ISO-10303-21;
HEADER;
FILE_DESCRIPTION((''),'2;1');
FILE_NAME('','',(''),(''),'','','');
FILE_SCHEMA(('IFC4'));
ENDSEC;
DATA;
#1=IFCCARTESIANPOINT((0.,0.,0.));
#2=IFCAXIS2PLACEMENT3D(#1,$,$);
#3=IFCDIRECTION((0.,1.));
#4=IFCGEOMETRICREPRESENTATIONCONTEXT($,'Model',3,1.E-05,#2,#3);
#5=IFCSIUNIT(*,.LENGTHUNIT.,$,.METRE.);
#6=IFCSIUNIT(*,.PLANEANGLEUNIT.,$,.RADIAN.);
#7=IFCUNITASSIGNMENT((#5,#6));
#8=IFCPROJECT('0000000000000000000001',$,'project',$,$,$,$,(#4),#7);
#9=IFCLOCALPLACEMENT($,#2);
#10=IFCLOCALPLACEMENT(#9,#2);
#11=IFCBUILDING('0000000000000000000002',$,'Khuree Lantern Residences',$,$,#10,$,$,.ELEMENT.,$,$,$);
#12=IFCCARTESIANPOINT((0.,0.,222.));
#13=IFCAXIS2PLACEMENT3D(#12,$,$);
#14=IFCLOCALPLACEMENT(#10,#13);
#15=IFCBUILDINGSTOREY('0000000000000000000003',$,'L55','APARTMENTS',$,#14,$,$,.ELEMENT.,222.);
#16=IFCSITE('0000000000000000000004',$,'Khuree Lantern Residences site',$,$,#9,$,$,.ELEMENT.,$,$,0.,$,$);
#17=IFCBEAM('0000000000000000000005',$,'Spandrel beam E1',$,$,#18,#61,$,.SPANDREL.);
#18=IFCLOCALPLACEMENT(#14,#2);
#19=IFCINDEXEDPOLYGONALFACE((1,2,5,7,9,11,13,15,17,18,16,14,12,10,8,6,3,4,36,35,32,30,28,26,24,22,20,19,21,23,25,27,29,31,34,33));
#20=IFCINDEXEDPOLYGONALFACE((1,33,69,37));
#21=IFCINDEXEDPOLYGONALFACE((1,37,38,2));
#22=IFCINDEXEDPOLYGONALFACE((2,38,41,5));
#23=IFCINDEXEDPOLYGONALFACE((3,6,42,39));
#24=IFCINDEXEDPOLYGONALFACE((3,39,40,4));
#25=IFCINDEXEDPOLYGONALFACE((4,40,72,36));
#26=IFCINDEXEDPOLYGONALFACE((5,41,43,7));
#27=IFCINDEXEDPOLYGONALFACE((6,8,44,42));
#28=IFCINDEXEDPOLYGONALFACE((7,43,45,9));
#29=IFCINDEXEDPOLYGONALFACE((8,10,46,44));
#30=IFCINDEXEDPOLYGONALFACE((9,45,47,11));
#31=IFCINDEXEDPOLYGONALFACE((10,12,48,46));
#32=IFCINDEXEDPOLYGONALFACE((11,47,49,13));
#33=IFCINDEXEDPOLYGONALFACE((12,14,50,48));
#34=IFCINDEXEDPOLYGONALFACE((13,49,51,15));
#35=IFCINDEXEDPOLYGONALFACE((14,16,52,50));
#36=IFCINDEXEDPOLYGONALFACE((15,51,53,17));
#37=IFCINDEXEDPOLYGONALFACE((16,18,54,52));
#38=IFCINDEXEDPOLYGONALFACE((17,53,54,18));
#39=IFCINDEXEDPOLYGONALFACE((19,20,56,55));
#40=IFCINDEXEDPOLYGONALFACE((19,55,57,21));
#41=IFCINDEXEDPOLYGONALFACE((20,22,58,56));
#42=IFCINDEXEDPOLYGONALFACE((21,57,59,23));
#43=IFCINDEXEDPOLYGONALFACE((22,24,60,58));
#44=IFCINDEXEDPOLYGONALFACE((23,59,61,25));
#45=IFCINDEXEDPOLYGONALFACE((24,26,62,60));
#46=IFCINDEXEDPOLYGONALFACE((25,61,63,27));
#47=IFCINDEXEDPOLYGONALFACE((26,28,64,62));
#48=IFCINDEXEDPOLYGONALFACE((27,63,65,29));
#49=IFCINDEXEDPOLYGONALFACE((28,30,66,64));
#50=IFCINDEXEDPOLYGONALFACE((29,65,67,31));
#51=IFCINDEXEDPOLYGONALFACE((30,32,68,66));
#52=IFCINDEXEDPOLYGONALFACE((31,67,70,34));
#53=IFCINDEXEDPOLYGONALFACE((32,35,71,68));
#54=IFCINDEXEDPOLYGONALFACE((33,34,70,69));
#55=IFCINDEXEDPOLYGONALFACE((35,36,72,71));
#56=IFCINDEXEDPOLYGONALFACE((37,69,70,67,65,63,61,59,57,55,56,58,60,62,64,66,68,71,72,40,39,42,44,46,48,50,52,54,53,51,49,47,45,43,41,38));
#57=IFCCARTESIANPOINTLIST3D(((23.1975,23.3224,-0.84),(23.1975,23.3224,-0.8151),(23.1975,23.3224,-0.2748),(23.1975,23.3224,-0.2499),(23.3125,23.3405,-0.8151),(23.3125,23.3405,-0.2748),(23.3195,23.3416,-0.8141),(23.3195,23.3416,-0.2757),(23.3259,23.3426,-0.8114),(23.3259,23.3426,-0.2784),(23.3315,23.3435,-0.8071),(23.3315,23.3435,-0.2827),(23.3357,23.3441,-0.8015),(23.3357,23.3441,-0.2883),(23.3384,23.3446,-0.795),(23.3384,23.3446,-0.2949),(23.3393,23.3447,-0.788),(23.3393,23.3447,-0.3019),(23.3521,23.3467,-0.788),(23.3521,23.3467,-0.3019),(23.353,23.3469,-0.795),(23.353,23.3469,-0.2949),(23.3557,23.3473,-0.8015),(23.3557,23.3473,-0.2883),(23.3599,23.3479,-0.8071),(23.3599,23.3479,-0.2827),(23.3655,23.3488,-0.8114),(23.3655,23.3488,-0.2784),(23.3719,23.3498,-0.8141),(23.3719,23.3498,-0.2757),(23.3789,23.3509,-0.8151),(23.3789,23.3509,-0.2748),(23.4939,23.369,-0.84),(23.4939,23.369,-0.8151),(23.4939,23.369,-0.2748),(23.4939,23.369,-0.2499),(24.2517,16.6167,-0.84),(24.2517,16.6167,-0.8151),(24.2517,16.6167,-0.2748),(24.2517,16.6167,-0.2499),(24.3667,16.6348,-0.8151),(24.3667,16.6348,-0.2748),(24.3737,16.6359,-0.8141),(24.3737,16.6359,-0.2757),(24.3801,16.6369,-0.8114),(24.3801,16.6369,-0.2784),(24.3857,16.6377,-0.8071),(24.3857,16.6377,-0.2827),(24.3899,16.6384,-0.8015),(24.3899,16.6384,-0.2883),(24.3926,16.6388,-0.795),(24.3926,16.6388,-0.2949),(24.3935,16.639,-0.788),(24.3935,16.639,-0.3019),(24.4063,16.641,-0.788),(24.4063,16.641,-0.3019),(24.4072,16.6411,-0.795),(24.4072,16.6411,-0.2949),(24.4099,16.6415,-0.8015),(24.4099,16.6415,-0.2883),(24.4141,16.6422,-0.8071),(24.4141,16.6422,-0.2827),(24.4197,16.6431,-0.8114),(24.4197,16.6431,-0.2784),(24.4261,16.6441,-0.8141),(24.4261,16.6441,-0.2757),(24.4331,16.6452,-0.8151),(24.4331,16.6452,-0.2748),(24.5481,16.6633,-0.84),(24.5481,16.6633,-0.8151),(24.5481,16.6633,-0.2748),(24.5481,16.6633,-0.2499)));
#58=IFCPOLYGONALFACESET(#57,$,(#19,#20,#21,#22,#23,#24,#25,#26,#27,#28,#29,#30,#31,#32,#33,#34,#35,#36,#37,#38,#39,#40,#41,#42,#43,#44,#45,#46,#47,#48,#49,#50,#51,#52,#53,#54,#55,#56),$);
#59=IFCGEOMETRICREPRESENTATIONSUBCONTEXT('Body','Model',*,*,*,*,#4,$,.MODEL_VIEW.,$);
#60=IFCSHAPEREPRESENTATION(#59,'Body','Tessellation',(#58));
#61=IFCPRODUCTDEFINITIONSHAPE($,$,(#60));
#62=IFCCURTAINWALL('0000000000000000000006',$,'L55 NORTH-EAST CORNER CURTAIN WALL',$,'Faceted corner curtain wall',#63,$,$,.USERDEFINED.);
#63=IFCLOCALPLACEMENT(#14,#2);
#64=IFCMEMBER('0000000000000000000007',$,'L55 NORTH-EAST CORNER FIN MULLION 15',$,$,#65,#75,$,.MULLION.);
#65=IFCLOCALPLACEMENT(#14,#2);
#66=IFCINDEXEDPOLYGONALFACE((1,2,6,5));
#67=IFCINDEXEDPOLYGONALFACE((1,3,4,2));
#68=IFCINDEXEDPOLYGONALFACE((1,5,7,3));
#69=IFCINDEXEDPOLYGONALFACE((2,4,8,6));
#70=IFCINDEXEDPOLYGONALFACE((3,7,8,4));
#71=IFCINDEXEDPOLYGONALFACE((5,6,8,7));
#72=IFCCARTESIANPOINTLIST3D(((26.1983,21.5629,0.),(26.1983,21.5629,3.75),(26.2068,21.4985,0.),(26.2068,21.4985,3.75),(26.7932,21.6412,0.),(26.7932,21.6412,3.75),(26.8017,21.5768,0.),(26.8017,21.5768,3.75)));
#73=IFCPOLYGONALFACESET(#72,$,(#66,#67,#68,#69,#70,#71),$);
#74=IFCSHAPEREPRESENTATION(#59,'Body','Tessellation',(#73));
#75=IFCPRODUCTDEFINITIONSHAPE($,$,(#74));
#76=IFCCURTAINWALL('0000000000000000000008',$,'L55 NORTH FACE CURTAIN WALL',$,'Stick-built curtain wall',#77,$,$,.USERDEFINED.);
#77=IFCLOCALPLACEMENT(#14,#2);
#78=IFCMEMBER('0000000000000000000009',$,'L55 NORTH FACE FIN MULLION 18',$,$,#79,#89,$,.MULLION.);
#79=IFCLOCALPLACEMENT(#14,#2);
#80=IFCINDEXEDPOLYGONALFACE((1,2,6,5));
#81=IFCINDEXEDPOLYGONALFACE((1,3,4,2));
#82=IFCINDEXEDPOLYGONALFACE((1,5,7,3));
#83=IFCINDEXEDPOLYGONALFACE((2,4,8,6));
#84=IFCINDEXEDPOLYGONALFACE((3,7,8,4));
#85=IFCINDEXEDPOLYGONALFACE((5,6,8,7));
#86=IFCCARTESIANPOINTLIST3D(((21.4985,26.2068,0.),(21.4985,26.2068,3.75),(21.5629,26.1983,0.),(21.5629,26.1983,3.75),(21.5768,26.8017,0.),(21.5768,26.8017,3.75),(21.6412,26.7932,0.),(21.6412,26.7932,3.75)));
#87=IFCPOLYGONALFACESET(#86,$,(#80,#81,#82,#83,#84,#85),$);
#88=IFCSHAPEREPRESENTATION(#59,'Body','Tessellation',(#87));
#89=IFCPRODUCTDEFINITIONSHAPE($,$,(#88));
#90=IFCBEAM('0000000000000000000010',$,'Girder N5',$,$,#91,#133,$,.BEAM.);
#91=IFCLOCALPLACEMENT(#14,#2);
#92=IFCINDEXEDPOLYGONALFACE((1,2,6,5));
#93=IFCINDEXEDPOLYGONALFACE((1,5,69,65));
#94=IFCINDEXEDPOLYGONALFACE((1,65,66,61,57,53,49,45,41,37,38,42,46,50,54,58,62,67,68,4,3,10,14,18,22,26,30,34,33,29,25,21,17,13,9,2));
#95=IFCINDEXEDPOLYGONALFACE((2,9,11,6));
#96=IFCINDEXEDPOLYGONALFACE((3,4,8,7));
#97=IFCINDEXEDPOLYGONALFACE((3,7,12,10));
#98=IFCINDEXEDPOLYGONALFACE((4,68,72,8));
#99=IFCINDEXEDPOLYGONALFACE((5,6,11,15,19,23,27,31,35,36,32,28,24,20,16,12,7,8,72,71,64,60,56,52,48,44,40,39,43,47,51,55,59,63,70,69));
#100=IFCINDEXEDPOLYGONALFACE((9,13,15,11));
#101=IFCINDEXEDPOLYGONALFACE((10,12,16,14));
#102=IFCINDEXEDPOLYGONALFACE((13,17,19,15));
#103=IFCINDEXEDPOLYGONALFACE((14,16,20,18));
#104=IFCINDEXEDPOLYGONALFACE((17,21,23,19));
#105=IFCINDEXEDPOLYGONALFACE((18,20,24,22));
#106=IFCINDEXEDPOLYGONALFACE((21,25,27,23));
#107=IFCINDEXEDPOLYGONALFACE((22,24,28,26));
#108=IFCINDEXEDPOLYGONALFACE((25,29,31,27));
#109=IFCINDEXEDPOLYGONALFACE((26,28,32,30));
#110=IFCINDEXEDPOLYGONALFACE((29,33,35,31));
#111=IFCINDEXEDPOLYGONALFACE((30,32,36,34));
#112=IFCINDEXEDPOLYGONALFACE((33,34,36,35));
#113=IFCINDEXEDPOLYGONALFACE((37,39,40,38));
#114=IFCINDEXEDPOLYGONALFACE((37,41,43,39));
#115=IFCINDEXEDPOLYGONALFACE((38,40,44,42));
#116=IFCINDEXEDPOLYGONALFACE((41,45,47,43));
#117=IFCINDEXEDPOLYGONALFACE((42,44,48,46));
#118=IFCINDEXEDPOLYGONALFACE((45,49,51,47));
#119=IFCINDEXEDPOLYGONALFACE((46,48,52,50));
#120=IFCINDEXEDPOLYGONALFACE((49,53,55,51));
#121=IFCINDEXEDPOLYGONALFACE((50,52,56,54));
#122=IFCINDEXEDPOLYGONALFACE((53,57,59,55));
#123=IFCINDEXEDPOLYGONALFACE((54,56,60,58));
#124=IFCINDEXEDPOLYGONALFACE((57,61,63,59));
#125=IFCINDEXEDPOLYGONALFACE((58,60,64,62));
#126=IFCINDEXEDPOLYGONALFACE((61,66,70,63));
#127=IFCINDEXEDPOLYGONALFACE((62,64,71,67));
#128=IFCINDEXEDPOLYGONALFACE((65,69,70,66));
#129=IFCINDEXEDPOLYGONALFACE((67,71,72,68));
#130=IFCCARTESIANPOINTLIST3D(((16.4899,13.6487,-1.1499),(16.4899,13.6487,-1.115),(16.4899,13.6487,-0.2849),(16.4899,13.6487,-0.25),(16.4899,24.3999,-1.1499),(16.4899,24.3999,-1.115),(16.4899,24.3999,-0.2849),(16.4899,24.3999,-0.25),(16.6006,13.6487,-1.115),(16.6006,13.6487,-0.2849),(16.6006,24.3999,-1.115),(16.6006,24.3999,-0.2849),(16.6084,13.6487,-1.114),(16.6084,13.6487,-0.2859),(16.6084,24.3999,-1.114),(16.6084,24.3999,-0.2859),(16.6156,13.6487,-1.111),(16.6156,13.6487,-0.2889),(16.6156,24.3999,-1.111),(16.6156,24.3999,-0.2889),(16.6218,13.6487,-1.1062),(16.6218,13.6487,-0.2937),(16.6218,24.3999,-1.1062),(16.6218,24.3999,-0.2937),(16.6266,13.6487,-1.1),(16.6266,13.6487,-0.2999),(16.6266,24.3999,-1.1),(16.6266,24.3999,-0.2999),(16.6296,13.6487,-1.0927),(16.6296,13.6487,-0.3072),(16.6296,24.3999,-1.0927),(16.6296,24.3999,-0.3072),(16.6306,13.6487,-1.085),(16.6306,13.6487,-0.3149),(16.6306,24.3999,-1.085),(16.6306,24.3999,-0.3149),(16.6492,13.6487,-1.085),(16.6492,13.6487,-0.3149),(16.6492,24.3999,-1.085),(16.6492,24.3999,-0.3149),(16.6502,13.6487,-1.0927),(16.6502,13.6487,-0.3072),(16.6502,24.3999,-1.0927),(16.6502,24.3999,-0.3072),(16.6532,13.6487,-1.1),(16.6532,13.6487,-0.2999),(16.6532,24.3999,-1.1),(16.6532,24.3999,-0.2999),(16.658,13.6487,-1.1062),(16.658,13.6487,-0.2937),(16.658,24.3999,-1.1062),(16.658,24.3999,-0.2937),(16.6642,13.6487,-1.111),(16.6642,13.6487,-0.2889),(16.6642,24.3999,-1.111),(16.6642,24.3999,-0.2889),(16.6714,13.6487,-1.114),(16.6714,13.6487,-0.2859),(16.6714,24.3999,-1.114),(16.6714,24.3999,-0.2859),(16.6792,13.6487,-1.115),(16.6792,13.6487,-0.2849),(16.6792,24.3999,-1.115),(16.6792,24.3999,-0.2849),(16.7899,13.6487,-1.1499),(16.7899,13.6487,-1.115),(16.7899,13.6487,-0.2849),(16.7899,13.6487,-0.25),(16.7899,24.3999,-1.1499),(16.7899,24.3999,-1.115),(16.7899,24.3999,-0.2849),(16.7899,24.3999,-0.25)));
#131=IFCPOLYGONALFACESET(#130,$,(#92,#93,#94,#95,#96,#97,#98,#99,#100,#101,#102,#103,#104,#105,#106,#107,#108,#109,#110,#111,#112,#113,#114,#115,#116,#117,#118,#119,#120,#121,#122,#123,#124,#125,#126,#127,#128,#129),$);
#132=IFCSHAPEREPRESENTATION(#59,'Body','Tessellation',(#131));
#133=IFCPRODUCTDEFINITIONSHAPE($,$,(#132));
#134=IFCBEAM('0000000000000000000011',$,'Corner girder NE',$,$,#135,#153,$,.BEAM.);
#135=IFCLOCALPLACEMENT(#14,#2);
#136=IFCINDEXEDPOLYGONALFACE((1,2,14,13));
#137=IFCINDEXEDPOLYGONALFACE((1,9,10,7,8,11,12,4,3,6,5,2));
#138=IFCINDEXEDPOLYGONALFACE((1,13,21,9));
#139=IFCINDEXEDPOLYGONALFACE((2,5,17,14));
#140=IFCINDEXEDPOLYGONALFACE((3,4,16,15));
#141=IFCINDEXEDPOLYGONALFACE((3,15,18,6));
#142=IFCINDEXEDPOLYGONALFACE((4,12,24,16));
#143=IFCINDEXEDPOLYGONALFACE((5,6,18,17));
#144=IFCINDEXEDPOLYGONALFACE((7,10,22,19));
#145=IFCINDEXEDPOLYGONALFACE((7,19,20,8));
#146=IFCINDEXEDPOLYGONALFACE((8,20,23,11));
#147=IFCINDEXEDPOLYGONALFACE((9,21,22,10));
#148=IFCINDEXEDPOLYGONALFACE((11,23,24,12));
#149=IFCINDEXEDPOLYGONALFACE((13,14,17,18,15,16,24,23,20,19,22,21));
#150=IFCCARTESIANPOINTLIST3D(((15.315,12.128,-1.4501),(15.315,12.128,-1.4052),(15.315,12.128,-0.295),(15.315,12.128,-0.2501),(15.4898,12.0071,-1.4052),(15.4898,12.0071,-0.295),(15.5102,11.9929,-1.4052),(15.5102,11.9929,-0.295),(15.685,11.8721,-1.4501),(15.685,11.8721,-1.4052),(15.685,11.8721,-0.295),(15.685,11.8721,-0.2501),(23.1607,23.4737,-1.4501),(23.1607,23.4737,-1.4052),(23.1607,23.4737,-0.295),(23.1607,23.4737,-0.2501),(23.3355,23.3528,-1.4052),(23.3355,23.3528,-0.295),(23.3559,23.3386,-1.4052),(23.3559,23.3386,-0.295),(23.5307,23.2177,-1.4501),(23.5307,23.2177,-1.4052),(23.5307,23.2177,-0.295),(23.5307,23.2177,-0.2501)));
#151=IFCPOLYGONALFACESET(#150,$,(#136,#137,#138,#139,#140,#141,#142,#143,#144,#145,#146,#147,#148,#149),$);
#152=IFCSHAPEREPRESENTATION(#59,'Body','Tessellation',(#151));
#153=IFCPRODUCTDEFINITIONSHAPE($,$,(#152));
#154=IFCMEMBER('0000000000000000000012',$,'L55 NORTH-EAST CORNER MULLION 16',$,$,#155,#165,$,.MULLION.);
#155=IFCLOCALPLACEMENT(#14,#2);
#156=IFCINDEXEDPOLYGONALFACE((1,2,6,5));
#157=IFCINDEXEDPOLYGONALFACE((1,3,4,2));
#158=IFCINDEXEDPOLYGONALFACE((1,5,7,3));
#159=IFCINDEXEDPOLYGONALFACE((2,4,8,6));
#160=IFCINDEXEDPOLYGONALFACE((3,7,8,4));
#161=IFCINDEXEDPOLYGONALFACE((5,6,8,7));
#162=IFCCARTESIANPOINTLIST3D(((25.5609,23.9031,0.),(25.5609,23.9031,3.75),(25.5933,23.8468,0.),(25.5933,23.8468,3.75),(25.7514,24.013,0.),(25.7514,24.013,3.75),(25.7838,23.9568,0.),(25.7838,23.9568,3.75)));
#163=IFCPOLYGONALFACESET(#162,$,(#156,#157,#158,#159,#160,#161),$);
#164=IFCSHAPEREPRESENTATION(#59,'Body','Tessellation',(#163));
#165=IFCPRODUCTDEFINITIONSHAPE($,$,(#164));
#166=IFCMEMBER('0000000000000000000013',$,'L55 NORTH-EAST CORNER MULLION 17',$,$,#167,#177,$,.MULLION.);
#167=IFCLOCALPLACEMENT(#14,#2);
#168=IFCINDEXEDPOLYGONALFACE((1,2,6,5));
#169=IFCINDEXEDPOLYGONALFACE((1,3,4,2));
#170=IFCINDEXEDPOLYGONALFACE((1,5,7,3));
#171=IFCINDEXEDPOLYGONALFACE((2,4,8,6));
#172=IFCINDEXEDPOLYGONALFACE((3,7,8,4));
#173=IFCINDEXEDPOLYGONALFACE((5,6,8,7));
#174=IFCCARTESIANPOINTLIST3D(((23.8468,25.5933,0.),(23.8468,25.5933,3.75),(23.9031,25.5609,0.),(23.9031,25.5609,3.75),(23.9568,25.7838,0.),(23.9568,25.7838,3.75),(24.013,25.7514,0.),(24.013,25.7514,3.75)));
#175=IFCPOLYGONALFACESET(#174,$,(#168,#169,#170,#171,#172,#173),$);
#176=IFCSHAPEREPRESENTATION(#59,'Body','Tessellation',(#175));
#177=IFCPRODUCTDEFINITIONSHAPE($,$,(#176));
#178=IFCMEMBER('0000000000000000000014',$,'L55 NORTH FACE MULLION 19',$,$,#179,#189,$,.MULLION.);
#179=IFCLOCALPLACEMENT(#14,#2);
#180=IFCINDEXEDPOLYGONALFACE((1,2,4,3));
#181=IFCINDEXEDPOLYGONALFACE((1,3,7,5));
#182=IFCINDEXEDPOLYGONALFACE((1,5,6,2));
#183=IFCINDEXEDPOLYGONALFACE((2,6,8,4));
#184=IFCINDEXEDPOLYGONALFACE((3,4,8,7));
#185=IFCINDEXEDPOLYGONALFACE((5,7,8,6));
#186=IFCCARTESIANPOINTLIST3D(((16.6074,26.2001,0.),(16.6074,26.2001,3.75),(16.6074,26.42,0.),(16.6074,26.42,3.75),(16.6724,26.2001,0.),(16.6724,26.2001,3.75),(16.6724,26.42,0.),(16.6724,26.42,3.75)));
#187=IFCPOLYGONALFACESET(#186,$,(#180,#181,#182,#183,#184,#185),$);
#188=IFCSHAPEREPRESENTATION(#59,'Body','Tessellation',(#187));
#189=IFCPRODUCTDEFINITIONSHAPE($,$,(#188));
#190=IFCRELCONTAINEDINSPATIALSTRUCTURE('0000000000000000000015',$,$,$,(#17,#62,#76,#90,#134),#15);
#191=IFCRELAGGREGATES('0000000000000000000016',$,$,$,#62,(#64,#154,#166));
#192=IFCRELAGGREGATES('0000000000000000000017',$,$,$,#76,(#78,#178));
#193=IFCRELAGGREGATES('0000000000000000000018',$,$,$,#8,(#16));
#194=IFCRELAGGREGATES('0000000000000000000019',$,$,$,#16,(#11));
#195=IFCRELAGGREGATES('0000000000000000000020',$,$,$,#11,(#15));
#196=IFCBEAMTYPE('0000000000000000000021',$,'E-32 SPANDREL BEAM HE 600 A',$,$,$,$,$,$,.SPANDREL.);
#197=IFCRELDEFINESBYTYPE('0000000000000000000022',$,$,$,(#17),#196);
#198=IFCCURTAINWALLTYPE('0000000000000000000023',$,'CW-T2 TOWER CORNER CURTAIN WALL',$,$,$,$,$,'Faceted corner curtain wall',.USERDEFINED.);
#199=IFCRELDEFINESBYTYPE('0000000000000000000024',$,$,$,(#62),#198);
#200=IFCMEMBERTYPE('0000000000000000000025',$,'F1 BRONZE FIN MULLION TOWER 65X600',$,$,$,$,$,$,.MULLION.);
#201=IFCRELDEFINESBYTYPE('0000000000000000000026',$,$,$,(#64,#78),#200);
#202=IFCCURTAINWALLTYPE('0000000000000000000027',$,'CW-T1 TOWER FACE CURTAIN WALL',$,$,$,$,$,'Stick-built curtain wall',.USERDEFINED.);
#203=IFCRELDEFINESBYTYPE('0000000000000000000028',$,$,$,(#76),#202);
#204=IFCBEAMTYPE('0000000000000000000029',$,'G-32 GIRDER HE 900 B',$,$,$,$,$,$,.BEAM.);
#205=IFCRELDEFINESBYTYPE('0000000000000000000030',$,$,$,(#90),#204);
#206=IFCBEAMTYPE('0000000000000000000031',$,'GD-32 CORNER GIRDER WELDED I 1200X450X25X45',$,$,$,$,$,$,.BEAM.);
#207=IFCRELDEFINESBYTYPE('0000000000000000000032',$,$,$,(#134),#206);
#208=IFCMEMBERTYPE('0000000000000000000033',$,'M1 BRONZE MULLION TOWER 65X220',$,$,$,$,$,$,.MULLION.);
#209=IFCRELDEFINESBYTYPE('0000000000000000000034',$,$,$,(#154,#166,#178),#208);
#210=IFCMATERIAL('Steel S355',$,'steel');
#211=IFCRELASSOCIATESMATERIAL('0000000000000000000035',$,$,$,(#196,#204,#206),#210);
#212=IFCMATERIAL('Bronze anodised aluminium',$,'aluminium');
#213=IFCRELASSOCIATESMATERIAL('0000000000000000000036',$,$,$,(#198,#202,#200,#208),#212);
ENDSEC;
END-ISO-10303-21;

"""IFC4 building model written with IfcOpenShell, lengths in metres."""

from ifc_helpers import new_model, si_unit, direction, frame, origin, origin_2d, place, context, subcontext, project, spatial, rectangle, i_section, extrude, material, material_profile, profile_set, type_object, element, aggregate, save


model = new_model("IFC4")

# Units and contexts
model_context = context("Model", 3, precision=1e-05, world=origin(), true_north=direction((0.0, 1.0)))
body_context = subcontext(model_context, "Body", "Model", "MODEL_VIEW")
ifc_project = project(units=[si_unit("LENGTHUNIT", "METRE"), si_unit("PLANEANGLEUNIT", "RADIAN")], contexts=[model_context])

# Site, building, storey
site_placement = place(None, origin())
site = spatial("IfcSite", under=ifc_project, at=site_placement, Name="Khuree Lantern Residences site", CompositionType="ELEMENT", RefElevation=0.0)
building_placement = place(site_placement, origin())
building = spatial("IfcBuilding", under=site, at=building_placement, Name="Khuree Lantern Residences", CompositionType="ELEMENT")
storey_placement = place(building_placement, frame((0.0, 0.0, 222.0)))
storey = spatial("IfcBuildingStorey", under=building, at=storey_placement, Name="L55", Description="APARTMENTS", CompositionType="ELEMENT", Elevation=222.0)

# Beam
ifc_material_1 = material(Name="Steel S355", Category="steel")
ifc_material_profile_1 = material_profile(ifc_material_1, i_section(OverallWidth=0.3, OverallDepth=0.5901, WebThickness=0.0129, FlangeThickness=0.0249, FilletRadius=0.0271, at=origin_2d()), Name="HE 600 A")
ifc_profile_set_1 = profile_set([ifc_material_profile_1], Name="Steel S355")
beam_type_1 = type_object("IfcBeamType", Name="E-32 SPANDREL BEAM HE 600 A", PredefinedType="SPANDREL", material=ifc_profile_set_1)
for number, where, z_axis, x_axis, name in (
    (1, (23.3457, 23.3457, -0.5449), (0.1553, -0.987867, 0.0), (0.987867, 0.1553, 0.0), "Spandrel beam E1"),
):
    element("IfcBeam", number, at=place(storey_placement, frame(where, z_axis=z_axis, x_axis=x_axis)), inside=storey, type_object=beam_type_1, Name=name, PredefinedType="SPANDREL", context=body_context, shape_type="SweptSolid", body=[
        extrude(i_section(OverallWidth=0.3, OverallDepth=0.5901, WebThickness=0.0129, FlangeThickness=0.0249, FilletRadius=0.0271, at=origin_2d()), origin(), (0.0, 0.0, 1.0), 6.7881),
    ])

# Curtain walls, members
ifc_material_2 = material(Name="Bronze anodised aluminium", Category="aluminium")
curtain_wall_type_1 = type_object("IfcCurtainWallType", Name="CW-T2 TOWER CORNER CURTAIN WALL", ElementType="Faceted corner curtain wall", PredefinedType="USERDEFINED", material=ifc_material_2)
curtain_wall_1_placement = place(storey_placement, origin())
curtain_wall_1 = element("IfcCurtainWall", 2, at=curtain_wall_1_placement, inside=storey, type_object=curtain_wall_type_1, Name="L55 NORTH-EAST CORNER CURTAIN WALL", ObjectType="Faceted corner curtain wall", PredefinedType="USERDEFINED")
ifc_material_profile_2 = material_profile(ifc_material_2, rectangle(XDim=0.0649, YDim=0.6001, at=origin_2d()), Name="F1 65X600")
ifc_profile_set_2 = profile_set([ifc_material_profile_2], Name="Bronze anodised aluminium")
member_type_1 = type_object("IfcMemberType", Name="F1 BRONZE FIN MULLION TOWER 65X600", PredefinedType="MULLION", material=ifc_profile_set_2)
member_1_placement = place(storey_placement, frame((26.5, 21.5698, 0.0), z_axis=(0.0, 0.0, 1.0), x_axis=(-0.130526, 0.991445, 0.0)))
member_1 = element("IfcMember", 3, at=member_1_placement, type_object=member_type_1, Name="L55 NORTH-EAST CORNER FIN MULLION 15", PredefinedType="MULLION", context=body_context, shape_type="SweptSolid", body=[
    extrude(rectangle(XDim=0.0649, YDim=0.6001, at=origin_2d()), origin(), (0.0, 0.0, 1.0), 3.75),
])
curtain_wall_type_2 = type_object("IfcCurtainWallType", Name="CW-T1 TOWER FACE CURTAIN WALL", ElementType="Stick-built curtain wall", PredefinedType="USERDEFINED", material=ifc_material_2)
curtain_wall_2_placement = place(storey_placement, origin())
curtain_wall_2 = element("IfcCurtainWall", 4, at=curtain_wall_2_placement, inside=storey, type_object=curtain_wall_type_2, Name="L55 NORTH FACE CURTAIN WALL", ObjectType="Stick-built curtain wall", PredefinedType="USERDEFINED")
member_2_placement = place(storey_placement, frame((21.5698, 26.5, 0.0), z_axis=(0.0, 0.0, 1.0), x_axis=(-0.991445, 0.130526, 0.0)))
member_2 = element("IfcMember", 5, at=member_2_placement, type_object=member_type_1, Name="L55 NORTH FACE FIN MULLION 18", PredefinedType="MULLION", context=body_context, shape_type="SweptSolid", body=[
    extrude(rectangle(XDim=0.0649, YDim=0.6001, at=origin_2d()), origin(), (0.0, 0.0, 1.0), 3.75),
])

# Beams
ifc_material_profile_3 = material_profile(ifc_material_1, i_section(OverallWidth=0.3, OverallDepth=0.8999, WebThickness=0.0186, FlangeThickness=0.0349, FilletRadius=0.03, at=origin_2d()), Name="HE 900 B")
ifc_profile_set_3 = profile_set([ifc_material_profile_3], Name="Steel S355")
beam_type_2 = type_object("IfcBeamType", Name="G-32 GIRDER HE 900 B", PredefinedType="BEAM", material=ifc_profile_set_3)
beam_1_placement = place(storey_placement, frame((16.6399, 24.3999, -0.7), z_axis=(0.0, -1.0, 0.0), x_axis=(1.0, 0.0, 0.0)))
element("IfcBeam", 6, at=beam_1_placement, inside=storey, type_object=beam_type_2, Name="Girder N5", PredefinedType="BEAM", context=body_context, shape_type="SweptSolid", body=[
    extrude(i_section(OverallWidth=0.3, OverallDepth=0.8999, WebThickness=0.0186, FlangeThickness=0.0349, FilletRadius=0.03, at=origin_2d()), origin(), (0.0, 0.0, 1.0), 10.7512),
])
ifc_material_profile_4 = material_profile(ifc_material_1, i_section(OverallWidth=0.45, OverallDepth=1.2, WebThickness=0.0249, FlangeThickness=0.0449, at=origin_2d()), Name="WELDED I 1200X450X25X45")
ifc_profile_set_4 = profile_set([ifc_material_profile_4], Name="Steel S355")
beam_type_3 = type_object("IfcBeamType", Name="GD-32 CORNER GIRDER WELDED I 1200X450X25X45", PredefinedType="BEAM", material=ifc_profile_set_4)
beam_2_placement = place(storey_placement, frame((23.3457, 23.3457, -0.8501), z_axis=(-0.568768, -0.822498, 0.0), x_axis=(0.822498, -0.568768, 0.0)))
element("IfcBeam", 7, at=beam_2_placement, inside=storey, type_object=beam_type_3, Name="Corner girder NE", PredefinedType="BEAM", context=body_context, shape_type="SweptSolid", body=[
    extrude(i_section(OverallWidth=0.45, OverallDepth=1.2, WebThickness=0.0249, FlangeThickness=0.0449, at=origin_2d()), origin(), (0.0, 0.0, 1.0), 13.7942),
])

# Members
ifc_material_profile_5 = material_profile(ifc_material_2, rectangle(XDim=0.0649, YDim=0.22, at=origin_2d()), Name="M1 65X220")
ifc_profile_set_5 = profile_set([ifc_material_profile_5], Name="Bronze anodised aluminium")
member_type_2 = type_object("IfcMemberType", Name="M1 BRONZE MULLION TOWER 65X220", PredefinedType="MULLION", material=ifc_profile_set_5)
member_3_placement = place(storey_placement, frame((25.6724, 23.9299, 0.0), z_axis=(0.0, 0.0, 1.0), x_axis=(-0.5, 0.866025, 0.0)))
member_3 = element("IfcMember", 8, at=member_3_placement, type_object=member_type_2, Name="L55 NORTH-EAST CORNER MULLION 16", PredefinedType="MULLION", context=body_context, shape_type="SweptSolid", body=[
    extrude(rectangle(XDim=0.0649, YDim=0.22, at=origin_2d()), origin(), (0.0, 0.0, 1.0), 3.75),
])
member_4_placement = place(storey_placement, frame((23.9299, 25.6724, 0.0), z_axis=(0.0, 0.0, 1.0), x_axis=(-0.866025, 0.5, 0.0)))
member_4 = element("IfcMember", 9, at=member_4_placement, type_object=member_type_2, Name="L55 NORTH-EAST CORNER MULLION 17", PredefinedType="MULLION", context=body_context, shape_type="SweptSolid", body=[
    extrude(rectangle(XDim=0.0649, YDim=0.22, at=origin_2d()), origin(), (0.0, 0.0, 1.0), 3.75),
])
member_5_placement = place(storey_placement, frame((16.6399, 26.3101, 0.0), z_axis=(0.0, 0.0, 1.0), x_axis=(-1.0, 0.0, 0.0)))
member_5 = element("IfcMember", 10, at=member_5_placement, type_object=member_type_2, Name="L55 NORTH FACE MULLION 19", PredefinedType="MULLION", context=body_context, shape_type="SweptSolid", body=[
    extrude(rectangle(XDim=0.0649, YDim=0.22, at=origin_2d()), origin(), (0.0, 0.0, 1.0), 3.75),
])

aggregate(curtain_wall_1, [member_1, member_3, member_4])

aggregate(curtain_wall_2, [member_2, member_5])

save(model, "model.ifc")
